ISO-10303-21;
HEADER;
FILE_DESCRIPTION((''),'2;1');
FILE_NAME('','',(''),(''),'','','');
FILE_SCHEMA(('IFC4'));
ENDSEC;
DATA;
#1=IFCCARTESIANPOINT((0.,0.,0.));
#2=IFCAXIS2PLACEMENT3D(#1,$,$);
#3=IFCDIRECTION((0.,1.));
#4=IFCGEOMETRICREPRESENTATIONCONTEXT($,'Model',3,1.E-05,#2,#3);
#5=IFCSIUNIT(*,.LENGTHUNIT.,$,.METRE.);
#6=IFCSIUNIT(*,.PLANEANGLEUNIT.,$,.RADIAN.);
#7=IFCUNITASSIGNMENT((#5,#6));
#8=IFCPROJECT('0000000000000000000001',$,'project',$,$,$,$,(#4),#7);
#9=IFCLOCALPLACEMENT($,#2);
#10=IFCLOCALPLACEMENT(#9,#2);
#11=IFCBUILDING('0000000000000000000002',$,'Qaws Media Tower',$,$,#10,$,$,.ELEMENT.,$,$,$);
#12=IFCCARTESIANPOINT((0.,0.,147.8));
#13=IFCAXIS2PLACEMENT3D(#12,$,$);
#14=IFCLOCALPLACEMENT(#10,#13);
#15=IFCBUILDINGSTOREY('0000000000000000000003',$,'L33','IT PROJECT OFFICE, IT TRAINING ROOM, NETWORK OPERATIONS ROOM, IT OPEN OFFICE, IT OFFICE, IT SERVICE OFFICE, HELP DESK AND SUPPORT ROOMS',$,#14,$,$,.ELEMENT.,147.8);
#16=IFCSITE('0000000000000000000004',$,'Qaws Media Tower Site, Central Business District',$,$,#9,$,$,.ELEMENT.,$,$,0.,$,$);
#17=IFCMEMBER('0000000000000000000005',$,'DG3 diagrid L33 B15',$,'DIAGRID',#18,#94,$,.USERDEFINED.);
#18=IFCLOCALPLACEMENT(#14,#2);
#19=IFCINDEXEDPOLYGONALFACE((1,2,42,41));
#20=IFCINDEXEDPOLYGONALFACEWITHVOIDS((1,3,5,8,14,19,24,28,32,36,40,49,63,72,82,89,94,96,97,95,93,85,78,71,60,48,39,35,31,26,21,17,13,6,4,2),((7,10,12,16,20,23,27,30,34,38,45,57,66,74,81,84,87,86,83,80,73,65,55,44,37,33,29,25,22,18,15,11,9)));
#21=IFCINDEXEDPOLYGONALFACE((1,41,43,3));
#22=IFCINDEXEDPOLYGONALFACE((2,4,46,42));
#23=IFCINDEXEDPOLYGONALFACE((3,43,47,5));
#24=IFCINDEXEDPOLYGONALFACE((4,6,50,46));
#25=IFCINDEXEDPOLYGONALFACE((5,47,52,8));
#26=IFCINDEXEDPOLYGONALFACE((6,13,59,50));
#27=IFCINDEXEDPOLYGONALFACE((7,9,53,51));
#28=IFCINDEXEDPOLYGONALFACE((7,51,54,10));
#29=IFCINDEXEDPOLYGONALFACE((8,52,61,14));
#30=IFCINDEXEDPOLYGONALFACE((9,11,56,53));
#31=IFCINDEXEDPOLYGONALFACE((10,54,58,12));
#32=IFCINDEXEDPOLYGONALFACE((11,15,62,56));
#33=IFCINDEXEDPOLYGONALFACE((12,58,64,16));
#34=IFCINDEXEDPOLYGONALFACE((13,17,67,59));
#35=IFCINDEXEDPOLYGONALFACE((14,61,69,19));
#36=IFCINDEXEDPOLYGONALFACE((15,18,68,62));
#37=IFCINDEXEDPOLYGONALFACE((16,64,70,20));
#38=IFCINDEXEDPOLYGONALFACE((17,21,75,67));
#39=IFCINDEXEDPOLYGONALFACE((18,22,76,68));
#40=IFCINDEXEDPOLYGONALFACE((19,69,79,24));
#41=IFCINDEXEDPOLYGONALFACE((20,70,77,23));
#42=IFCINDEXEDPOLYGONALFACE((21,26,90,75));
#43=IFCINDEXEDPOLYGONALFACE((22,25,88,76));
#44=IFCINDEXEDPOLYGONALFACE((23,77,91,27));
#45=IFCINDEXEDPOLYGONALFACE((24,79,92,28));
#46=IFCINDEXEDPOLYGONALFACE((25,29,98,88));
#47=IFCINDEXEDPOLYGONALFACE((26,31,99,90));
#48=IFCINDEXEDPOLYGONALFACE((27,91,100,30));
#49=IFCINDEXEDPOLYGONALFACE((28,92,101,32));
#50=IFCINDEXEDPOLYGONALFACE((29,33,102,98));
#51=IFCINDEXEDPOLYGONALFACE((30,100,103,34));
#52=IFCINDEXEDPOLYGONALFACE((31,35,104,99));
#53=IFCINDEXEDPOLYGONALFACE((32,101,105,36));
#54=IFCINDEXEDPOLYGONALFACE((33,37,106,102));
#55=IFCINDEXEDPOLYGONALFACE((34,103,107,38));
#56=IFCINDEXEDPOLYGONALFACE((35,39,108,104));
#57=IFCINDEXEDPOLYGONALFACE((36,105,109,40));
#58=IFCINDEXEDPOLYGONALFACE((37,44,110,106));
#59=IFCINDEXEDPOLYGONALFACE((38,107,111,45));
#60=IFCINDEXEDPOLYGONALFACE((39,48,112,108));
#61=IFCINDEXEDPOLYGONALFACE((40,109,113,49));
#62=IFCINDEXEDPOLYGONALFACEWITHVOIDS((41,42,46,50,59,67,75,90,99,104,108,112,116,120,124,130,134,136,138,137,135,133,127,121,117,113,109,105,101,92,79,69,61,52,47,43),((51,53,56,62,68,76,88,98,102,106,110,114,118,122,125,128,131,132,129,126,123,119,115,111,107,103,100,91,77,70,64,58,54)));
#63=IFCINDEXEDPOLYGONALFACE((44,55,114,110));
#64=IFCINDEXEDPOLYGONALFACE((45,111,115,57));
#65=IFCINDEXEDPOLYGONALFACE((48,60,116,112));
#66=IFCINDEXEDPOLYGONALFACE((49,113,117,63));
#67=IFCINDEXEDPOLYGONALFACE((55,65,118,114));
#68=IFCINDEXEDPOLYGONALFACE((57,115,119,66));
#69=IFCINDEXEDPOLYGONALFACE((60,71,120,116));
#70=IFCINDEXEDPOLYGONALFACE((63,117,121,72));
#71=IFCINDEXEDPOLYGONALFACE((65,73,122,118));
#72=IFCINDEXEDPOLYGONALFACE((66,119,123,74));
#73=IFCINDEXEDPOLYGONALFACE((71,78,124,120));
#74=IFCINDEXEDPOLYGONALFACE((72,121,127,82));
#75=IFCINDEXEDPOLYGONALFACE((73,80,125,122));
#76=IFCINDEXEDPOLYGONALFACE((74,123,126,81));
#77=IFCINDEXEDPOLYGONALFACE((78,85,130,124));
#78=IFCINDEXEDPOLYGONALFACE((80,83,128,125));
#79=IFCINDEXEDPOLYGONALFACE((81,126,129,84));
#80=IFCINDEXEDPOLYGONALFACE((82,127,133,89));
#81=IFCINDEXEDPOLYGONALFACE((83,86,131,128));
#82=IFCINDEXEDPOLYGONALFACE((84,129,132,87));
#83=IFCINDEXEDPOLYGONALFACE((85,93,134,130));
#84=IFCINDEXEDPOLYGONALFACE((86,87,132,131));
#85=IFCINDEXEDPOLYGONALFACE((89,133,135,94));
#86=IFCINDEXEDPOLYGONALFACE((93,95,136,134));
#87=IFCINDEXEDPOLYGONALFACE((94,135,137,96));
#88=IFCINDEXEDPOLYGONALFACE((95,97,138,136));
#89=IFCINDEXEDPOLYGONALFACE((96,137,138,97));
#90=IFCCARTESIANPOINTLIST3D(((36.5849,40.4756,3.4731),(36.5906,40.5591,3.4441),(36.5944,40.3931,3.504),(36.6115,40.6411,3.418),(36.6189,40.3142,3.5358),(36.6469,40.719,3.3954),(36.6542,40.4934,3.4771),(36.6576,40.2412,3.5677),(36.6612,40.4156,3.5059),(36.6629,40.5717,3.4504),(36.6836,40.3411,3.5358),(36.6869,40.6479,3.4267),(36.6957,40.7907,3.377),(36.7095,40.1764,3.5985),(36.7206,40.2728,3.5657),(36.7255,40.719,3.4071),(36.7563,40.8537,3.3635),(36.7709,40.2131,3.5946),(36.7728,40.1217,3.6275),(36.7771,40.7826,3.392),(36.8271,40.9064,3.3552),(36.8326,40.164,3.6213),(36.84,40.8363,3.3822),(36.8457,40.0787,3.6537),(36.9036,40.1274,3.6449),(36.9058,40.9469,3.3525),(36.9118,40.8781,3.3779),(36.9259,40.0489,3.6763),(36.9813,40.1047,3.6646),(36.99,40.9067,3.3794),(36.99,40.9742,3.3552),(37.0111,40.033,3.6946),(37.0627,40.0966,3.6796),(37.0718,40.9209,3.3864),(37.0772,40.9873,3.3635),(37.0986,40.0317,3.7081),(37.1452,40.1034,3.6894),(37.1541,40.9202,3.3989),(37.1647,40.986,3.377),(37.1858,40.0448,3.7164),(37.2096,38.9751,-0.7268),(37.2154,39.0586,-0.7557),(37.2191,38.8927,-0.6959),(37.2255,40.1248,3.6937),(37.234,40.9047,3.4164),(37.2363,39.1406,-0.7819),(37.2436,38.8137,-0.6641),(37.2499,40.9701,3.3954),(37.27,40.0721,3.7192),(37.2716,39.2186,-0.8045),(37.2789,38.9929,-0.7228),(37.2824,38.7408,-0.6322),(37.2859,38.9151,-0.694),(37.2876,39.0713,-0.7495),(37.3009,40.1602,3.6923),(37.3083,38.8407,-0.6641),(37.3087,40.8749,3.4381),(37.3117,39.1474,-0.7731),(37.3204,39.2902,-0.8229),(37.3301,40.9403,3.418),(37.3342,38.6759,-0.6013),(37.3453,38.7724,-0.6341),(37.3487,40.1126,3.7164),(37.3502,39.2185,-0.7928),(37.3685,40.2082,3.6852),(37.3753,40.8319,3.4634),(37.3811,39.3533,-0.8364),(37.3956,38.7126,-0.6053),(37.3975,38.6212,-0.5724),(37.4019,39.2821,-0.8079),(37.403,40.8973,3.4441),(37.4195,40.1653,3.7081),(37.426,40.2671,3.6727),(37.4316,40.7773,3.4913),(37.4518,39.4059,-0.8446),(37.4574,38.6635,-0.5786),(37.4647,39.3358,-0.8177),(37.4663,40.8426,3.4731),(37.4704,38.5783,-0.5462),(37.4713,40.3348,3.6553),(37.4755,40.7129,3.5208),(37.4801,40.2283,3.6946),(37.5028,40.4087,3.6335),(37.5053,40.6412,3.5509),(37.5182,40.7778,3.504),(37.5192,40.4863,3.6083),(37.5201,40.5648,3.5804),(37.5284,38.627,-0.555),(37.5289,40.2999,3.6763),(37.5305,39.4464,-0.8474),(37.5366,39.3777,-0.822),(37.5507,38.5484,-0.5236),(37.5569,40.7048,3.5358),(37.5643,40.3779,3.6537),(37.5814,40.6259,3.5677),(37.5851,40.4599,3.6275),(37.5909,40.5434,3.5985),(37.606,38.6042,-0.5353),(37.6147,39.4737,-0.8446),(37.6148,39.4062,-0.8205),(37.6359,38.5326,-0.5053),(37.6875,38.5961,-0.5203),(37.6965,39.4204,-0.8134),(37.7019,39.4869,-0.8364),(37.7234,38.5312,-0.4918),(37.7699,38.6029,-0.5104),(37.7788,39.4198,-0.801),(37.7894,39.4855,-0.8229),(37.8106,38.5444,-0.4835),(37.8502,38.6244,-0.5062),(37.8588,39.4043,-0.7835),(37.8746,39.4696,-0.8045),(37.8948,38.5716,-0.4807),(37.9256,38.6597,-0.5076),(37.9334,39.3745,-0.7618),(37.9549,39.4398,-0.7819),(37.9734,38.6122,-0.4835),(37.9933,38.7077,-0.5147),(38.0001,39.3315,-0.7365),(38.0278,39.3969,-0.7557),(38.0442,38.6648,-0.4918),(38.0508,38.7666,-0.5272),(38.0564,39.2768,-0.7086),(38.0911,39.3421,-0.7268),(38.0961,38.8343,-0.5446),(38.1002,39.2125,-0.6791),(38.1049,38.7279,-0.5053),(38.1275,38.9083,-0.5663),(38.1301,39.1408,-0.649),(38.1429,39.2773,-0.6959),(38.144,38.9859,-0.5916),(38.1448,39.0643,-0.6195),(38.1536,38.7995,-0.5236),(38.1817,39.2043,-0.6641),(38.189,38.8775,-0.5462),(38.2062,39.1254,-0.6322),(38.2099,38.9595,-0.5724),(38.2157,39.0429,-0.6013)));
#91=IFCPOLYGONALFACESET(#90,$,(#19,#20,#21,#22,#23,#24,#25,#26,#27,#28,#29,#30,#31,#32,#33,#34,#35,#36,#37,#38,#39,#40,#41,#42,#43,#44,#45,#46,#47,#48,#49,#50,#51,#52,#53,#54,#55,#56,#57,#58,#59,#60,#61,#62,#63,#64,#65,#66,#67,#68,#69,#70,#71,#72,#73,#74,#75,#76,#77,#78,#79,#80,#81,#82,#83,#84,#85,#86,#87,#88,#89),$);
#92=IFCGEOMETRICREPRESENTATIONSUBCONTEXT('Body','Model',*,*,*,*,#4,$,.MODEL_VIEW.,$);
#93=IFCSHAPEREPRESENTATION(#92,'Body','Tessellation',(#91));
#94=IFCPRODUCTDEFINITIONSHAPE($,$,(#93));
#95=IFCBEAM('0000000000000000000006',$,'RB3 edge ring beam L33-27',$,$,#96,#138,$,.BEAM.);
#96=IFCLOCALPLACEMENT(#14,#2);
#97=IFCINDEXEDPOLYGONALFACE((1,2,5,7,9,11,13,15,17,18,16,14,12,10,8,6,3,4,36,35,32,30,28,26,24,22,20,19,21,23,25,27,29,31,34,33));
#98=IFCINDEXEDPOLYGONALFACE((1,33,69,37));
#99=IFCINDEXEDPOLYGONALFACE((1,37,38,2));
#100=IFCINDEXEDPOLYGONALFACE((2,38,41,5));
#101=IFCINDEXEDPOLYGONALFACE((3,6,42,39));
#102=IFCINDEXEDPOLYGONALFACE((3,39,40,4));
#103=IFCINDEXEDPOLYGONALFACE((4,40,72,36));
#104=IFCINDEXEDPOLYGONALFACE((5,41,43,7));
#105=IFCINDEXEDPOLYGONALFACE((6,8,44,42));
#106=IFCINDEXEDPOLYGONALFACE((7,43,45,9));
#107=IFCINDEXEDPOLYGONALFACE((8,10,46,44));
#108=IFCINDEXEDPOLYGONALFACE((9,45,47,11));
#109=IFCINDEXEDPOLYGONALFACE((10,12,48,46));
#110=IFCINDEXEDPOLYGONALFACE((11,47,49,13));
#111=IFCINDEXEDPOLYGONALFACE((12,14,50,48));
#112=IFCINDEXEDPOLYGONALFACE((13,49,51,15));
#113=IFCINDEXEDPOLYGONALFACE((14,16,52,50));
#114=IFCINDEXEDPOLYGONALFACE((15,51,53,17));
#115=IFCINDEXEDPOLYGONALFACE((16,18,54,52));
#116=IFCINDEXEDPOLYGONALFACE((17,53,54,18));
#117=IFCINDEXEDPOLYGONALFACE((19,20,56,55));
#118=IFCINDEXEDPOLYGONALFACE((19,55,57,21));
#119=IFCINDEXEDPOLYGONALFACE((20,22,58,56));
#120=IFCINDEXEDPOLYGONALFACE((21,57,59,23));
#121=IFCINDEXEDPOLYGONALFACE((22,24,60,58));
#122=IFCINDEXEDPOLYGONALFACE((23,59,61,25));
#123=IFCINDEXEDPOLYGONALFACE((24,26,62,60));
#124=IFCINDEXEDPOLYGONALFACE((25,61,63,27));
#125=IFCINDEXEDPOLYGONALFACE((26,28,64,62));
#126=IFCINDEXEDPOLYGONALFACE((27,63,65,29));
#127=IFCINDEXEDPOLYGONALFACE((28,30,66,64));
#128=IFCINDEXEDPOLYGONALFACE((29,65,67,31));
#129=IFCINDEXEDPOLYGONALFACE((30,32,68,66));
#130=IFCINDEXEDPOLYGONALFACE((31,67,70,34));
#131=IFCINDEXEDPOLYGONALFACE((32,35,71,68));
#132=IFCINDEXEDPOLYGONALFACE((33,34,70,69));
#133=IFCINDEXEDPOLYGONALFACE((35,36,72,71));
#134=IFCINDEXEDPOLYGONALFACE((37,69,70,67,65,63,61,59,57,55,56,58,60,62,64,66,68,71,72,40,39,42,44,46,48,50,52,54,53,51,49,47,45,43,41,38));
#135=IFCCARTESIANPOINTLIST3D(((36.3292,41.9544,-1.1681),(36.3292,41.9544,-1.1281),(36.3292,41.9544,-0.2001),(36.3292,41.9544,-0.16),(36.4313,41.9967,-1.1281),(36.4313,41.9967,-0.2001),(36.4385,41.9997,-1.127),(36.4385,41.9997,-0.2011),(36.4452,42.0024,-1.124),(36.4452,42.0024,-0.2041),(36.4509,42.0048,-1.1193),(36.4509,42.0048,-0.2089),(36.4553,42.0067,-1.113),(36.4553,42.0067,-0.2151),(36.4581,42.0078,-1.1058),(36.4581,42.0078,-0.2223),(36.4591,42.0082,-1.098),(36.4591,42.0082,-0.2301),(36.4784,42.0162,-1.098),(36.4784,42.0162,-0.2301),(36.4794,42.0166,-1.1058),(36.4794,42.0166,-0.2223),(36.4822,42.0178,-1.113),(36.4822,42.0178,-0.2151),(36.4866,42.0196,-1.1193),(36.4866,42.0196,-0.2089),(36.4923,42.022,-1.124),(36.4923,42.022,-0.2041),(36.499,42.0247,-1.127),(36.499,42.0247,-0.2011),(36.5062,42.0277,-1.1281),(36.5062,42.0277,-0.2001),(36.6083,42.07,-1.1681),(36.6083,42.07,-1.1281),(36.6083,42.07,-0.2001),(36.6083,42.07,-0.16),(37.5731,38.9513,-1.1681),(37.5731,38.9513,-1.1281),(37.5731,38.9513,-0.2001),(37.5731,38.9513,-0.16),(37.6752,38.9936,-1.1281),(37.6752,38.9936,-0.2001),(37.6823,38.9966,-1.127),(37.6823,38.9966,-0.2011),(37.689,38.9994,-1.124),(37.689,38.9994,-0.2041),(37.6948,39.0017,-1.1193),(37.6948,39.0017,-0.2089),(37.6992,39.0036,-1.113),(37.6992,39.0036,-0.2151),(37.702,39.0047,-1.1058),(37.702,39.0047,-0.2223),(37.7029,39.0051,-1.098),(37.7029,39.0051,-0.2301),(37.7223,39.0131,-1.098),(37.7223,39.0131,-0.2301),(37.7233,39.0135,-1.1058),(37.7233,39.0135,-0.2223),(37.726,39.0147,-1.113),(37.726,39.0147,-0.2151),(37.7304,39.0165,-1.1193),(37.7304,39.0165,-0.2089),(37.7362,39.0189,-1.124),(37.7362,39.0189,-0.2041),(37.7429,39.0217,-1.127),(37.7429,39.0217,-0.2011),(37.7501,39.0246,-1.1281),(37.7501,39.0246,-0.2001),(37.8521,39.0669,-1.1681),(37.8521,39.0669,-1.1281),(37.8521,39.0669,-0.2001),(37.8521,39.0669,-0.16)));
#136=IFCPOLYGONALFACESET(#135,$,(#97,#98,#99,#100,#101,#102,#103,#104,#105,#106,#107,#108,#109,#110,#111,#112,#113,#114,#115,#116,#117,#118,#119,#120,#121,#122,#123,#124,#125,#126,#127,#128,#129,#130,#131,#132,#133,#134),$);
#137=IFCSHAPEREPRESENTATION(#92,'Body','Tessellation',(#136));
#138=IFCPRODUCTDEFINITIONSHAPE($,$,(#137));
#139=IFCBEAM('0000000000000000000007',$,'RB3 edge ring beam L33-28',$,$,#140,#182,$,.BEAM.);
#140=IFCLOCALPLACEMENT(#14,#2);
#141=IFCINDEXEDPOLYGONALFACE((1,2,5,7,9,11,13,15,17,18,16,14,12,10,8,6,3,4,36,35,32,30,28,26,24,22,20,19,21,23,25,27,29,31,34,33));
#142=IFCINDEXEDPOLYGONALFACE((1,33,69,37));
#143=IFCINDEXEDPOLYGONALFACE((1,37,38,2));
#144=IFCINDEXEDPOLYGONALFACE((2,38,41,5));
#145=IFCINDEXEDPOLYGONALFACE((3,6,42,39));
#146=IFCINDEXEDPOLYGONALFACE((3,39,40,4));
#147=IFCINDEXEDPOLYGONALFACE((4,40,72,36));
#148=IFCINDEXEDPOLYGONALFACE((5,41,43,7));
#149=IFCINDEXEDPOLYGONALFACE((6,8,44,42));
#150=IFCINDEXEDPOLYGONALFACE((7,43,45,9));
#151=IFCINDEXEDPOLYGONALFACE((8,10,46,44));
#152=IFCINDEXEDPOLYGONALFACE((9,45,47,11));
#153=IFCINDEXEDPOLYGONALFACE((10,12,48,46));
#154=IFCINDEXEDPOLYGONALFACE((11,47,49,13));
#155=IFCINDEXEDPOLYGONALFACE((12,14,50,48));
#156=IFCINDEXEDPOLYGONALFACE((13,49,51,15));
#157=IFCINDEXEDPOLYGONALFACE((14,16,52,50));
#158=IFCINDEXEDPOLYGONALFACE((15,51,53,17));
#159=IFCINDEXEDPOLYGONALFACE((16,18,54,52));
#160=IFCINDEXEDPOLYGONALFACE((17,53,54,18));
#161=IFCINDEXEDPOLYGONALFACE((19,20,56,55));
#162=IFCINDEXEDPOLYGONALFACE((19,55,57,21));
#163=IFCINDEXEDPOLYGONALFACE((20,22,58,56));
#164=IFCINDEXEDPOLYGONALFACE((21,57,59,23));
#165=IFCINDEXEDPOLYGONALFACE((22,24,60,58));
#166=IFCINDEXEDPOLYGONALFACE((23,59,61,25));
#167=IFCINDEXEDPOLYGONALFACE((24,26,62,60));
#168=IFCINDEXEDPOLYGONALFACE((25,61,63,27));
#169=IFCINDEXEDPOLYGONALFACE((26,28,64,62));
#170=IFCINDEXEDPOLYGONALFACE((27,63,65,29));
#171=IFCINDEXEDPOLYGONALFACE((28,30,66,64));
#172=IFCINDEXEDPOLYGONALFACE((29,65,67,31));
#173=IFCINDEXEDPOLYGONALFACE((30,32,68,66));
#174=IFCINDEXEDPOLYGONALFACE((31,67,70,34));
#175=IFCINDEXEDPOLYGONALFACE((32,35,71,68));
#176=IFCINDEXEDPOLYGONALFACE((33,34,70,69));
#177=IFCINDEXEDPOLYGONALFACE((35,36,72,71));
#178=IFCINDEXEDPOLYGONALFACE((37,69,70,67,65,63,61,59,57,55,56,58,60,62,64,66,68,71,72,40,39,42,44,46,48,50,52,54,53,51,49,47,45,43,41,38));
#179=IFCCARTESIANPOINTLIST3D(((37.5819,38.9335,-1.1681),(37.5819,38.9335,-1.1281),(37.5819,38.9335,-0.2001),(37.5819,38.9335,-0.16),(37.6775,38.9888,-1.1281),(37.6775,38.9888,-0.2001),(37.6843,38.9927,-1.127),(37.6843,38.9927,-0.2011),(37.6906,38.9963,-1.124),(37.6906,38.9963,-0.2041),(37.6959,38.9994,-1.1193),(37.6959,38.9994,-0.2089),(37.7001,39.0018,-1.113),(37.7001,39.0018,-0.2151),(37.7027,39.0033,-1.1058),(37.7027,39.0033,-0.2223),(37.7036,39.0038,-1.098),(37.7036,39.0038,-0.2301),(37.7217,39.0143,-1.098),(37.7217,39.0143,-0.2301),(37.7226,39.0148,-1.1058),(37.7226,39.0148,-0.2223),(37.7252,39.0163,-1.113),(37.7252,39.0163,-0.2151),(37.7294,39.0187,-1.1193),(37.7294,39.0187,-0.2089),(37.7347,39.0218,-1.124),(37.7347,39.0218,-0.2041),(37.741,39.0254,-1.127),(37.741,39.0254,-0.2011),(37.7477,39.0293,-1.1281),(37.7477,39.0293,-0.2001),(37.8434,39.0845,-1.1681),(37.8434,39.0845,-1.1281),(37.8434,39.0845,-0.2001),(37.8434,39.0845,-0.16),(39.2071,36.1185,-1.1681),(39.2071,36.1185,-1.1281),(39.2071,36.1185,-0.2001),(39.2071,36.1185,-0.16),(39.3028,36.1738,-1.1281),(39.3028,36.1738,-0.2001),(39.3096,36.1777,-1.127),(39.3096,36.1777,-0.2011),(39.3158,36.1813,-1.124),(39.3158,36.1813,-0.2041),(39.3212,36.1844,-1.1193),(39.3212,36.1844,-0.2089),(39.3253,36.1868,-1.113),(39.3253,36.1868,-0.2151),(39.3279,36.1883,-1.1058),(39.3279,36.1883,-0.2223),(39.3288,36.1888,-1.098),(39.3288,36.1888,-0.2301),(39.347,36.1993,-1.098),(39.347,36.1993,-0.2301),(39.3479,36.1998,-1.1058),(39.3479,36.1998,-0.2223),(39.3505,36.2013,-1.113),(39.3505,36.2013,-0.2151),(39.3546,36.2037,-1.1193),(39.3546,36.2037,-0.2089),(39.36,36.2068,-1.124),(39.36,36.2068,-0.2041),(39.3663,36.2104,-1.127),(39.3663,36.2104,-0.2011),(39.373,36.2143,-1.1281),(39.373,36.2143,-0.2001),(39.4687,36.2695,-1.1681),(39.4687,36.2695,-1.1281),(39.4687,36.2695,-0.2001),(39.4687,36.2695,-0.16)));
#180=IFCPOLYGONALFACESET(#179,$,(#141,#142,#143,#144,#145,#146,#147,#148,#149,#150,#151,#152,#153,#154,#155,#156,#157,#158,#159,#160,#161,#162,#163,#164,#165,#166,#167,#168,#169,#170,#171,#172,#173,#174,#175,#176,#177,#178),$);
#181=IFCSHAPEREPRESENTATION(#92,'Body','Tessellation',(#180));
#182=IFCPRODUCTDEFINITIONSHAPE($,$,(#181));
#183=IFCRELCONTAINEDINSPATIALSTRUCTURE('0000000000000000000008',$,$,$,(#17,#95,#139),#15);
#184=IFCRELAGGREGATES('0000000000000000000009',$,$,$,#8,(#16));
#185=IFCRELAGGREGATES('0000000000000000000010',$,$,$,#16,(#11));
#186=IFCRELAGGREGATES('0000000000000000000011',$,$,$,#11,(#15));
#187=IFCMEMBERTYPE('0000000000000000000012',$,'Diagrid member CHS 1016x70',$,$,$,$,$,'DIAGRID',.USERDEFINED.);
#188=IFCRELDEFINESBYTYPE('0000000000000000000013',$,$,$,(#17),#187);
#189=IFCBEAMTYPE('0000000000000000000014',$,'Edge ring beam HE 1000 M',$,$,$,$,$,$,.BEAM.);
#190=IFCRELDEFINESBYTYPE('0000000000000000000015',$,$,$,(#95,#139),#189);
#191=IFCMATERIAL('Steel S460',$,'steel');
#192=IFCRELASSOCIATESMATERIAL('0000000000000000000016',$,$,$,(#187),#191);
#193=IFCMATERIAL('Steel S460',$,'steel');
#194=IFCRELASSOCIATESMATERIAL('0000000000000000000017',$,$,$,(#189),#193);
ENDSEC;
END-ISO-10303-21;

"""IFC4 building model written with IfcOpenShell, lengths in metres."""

from ifc_helpers import new_model, si_unit, direction, frame, origin, origin_2d, place, context, subcontext, project, spatial, hollow_circle, i_section, extrude, material, material_profile, profile_set, type_object, element, save


model = new_model("IFC4")

# Units and contexts
model_context = context("Model", 3, precision=1e-05, world=origin(), true_north=direction((0.0, 1.0)))
body_context = subcontext(model_context, "Body", "Model", "MODEL_VIEW")
ifc_project = project(units=[si_unit("LENGTHUNIT", "METRE"), si_unit("PLANEANGLEUNIT", "RADIAN")], contexts=[model_context])

# Site, building, storey
site_placement = place(None, origin())
site = spatial("IfcSite", under=ifc_project, at=site_placement, Name="Qaws Media Tower Site, Central Business District", CompositionType="ELEMENT", RefElevation=0.0)
building_placement = place(site_placement, origin())
building = spatial("IfcBuilding", under=site, at=building_placement, Name="Qaws Media Tower", CompositionType="ELEMENT")
storey_placement = place(building_placement, frame((0.0, 0.0, 147.8)))
storey = spatial("IfcBuildingStorey", under=building, at=storey_placement, Name="L33", Description="IT PROJECT OFFICE, IT TRAINING ROOM, NETWORK OPERATIONS ROOM, IT OPEN OFFICE, IT OFFICE, IT SERVICE OFFICE, HELP DESK AND SUPPORT ROOMS", CompositionType="ELEMENT", Elevation=147.8)

# Member
ifc_material_1 = material(Name="Steel S460", Category="steel")
ifc_material_profile_1 = material_profile(ifc_material_1, hollow_circle(Radius=0.5081, WallThickness=0.0701, at=origin_2d()), Name="CHS 1016x70")
ifc_profile_set_1 = profile_set([ifc_material_profile_1], Name="Steel S460")
member_type_1 = type_object("IfcMemberType", Name="Diagrid member CHS 1016x70", ElementType="DIAGRID", PredefinedType="USERDEFINED", material=ifc_profile_set_1)
for number, where, z_axis, x_axis, name in (
    (1, (37.7126, 39.009, -0.6641), (-0.138727, 0.333184, 0.9326), (-0.923175, -0.384381, 0.0), "DG3 diagrid L33 B15"),
):
    element("IfcMember", number, at=place(storey_placement, frame(where, z_axis=z_axis, x_axis=x_axis)), inside=storey, type_object=member_type_1, Name=name, ObjectType="DIAGRID", PredefinedType="USERDEFINED", context=body_context, shape_type="SweptSolid", body=[
        extrude(hollow_circle(Radius=0.5081, WallThickness=0.0701, at=origin_2d()), origin(), (0.0, 0.0, 1.0), 4.5034),
    ])

# Beams
ifc_material_2 = material(Name="Steel S460", Category="steel")
ifc_material_profile_2 = material_profile(ifc_material_2, i_section(OverallWidth=0.302, OverallDepth=1.0081, WebThickness=0.021, FlangeThickness=0.04, FilletRadius=0.03, at=origin_2d()), Name="HE 1000 M")
ifc_profile_set_2 = profile_set([ifc_material_profile_2], Name="Steel S460")
beam_type = type_object("IfcBeamType", Name="Edge ring beam HE 1000 M", PredefinedType="BEAM", material=ifc_profile_set_2)
for number, where, z_axis, x_axis, name in (
    (2, (36.4688, 42.0122, -0.6641), (0.382668, -0.923886, 0.0), (0.923886, 0.382668, 0.0), "RB3 edge ring beam L33-27"),
    (3, (37.7126, 39.009, -0.6641), (0.500009, -0.86602, 0.0), (0.86602, 0.500009, 0.0), "RB3 edge ring beam L33-28"),
):
    element("IfcBeam", number, at=place(storey_placement, frame(where, z_axis=z_axis, x_axis=x_axis)), inside=storey, type_object=beam_type, Name=name, PredefinedType="BEAM", context=body_context, shape_type="SweptSolid", body=[
        extrude(i_section(OverallWidth=0.302, OverallDepth=1.0081, WebThickness=0.021, FlangeThickness=0.04, FilletRadius=0.03, at=origin_2d()), origin(), (0.0, 0.0, 1.0), 3.2505),
    ])

save(model, "model.ifc")
